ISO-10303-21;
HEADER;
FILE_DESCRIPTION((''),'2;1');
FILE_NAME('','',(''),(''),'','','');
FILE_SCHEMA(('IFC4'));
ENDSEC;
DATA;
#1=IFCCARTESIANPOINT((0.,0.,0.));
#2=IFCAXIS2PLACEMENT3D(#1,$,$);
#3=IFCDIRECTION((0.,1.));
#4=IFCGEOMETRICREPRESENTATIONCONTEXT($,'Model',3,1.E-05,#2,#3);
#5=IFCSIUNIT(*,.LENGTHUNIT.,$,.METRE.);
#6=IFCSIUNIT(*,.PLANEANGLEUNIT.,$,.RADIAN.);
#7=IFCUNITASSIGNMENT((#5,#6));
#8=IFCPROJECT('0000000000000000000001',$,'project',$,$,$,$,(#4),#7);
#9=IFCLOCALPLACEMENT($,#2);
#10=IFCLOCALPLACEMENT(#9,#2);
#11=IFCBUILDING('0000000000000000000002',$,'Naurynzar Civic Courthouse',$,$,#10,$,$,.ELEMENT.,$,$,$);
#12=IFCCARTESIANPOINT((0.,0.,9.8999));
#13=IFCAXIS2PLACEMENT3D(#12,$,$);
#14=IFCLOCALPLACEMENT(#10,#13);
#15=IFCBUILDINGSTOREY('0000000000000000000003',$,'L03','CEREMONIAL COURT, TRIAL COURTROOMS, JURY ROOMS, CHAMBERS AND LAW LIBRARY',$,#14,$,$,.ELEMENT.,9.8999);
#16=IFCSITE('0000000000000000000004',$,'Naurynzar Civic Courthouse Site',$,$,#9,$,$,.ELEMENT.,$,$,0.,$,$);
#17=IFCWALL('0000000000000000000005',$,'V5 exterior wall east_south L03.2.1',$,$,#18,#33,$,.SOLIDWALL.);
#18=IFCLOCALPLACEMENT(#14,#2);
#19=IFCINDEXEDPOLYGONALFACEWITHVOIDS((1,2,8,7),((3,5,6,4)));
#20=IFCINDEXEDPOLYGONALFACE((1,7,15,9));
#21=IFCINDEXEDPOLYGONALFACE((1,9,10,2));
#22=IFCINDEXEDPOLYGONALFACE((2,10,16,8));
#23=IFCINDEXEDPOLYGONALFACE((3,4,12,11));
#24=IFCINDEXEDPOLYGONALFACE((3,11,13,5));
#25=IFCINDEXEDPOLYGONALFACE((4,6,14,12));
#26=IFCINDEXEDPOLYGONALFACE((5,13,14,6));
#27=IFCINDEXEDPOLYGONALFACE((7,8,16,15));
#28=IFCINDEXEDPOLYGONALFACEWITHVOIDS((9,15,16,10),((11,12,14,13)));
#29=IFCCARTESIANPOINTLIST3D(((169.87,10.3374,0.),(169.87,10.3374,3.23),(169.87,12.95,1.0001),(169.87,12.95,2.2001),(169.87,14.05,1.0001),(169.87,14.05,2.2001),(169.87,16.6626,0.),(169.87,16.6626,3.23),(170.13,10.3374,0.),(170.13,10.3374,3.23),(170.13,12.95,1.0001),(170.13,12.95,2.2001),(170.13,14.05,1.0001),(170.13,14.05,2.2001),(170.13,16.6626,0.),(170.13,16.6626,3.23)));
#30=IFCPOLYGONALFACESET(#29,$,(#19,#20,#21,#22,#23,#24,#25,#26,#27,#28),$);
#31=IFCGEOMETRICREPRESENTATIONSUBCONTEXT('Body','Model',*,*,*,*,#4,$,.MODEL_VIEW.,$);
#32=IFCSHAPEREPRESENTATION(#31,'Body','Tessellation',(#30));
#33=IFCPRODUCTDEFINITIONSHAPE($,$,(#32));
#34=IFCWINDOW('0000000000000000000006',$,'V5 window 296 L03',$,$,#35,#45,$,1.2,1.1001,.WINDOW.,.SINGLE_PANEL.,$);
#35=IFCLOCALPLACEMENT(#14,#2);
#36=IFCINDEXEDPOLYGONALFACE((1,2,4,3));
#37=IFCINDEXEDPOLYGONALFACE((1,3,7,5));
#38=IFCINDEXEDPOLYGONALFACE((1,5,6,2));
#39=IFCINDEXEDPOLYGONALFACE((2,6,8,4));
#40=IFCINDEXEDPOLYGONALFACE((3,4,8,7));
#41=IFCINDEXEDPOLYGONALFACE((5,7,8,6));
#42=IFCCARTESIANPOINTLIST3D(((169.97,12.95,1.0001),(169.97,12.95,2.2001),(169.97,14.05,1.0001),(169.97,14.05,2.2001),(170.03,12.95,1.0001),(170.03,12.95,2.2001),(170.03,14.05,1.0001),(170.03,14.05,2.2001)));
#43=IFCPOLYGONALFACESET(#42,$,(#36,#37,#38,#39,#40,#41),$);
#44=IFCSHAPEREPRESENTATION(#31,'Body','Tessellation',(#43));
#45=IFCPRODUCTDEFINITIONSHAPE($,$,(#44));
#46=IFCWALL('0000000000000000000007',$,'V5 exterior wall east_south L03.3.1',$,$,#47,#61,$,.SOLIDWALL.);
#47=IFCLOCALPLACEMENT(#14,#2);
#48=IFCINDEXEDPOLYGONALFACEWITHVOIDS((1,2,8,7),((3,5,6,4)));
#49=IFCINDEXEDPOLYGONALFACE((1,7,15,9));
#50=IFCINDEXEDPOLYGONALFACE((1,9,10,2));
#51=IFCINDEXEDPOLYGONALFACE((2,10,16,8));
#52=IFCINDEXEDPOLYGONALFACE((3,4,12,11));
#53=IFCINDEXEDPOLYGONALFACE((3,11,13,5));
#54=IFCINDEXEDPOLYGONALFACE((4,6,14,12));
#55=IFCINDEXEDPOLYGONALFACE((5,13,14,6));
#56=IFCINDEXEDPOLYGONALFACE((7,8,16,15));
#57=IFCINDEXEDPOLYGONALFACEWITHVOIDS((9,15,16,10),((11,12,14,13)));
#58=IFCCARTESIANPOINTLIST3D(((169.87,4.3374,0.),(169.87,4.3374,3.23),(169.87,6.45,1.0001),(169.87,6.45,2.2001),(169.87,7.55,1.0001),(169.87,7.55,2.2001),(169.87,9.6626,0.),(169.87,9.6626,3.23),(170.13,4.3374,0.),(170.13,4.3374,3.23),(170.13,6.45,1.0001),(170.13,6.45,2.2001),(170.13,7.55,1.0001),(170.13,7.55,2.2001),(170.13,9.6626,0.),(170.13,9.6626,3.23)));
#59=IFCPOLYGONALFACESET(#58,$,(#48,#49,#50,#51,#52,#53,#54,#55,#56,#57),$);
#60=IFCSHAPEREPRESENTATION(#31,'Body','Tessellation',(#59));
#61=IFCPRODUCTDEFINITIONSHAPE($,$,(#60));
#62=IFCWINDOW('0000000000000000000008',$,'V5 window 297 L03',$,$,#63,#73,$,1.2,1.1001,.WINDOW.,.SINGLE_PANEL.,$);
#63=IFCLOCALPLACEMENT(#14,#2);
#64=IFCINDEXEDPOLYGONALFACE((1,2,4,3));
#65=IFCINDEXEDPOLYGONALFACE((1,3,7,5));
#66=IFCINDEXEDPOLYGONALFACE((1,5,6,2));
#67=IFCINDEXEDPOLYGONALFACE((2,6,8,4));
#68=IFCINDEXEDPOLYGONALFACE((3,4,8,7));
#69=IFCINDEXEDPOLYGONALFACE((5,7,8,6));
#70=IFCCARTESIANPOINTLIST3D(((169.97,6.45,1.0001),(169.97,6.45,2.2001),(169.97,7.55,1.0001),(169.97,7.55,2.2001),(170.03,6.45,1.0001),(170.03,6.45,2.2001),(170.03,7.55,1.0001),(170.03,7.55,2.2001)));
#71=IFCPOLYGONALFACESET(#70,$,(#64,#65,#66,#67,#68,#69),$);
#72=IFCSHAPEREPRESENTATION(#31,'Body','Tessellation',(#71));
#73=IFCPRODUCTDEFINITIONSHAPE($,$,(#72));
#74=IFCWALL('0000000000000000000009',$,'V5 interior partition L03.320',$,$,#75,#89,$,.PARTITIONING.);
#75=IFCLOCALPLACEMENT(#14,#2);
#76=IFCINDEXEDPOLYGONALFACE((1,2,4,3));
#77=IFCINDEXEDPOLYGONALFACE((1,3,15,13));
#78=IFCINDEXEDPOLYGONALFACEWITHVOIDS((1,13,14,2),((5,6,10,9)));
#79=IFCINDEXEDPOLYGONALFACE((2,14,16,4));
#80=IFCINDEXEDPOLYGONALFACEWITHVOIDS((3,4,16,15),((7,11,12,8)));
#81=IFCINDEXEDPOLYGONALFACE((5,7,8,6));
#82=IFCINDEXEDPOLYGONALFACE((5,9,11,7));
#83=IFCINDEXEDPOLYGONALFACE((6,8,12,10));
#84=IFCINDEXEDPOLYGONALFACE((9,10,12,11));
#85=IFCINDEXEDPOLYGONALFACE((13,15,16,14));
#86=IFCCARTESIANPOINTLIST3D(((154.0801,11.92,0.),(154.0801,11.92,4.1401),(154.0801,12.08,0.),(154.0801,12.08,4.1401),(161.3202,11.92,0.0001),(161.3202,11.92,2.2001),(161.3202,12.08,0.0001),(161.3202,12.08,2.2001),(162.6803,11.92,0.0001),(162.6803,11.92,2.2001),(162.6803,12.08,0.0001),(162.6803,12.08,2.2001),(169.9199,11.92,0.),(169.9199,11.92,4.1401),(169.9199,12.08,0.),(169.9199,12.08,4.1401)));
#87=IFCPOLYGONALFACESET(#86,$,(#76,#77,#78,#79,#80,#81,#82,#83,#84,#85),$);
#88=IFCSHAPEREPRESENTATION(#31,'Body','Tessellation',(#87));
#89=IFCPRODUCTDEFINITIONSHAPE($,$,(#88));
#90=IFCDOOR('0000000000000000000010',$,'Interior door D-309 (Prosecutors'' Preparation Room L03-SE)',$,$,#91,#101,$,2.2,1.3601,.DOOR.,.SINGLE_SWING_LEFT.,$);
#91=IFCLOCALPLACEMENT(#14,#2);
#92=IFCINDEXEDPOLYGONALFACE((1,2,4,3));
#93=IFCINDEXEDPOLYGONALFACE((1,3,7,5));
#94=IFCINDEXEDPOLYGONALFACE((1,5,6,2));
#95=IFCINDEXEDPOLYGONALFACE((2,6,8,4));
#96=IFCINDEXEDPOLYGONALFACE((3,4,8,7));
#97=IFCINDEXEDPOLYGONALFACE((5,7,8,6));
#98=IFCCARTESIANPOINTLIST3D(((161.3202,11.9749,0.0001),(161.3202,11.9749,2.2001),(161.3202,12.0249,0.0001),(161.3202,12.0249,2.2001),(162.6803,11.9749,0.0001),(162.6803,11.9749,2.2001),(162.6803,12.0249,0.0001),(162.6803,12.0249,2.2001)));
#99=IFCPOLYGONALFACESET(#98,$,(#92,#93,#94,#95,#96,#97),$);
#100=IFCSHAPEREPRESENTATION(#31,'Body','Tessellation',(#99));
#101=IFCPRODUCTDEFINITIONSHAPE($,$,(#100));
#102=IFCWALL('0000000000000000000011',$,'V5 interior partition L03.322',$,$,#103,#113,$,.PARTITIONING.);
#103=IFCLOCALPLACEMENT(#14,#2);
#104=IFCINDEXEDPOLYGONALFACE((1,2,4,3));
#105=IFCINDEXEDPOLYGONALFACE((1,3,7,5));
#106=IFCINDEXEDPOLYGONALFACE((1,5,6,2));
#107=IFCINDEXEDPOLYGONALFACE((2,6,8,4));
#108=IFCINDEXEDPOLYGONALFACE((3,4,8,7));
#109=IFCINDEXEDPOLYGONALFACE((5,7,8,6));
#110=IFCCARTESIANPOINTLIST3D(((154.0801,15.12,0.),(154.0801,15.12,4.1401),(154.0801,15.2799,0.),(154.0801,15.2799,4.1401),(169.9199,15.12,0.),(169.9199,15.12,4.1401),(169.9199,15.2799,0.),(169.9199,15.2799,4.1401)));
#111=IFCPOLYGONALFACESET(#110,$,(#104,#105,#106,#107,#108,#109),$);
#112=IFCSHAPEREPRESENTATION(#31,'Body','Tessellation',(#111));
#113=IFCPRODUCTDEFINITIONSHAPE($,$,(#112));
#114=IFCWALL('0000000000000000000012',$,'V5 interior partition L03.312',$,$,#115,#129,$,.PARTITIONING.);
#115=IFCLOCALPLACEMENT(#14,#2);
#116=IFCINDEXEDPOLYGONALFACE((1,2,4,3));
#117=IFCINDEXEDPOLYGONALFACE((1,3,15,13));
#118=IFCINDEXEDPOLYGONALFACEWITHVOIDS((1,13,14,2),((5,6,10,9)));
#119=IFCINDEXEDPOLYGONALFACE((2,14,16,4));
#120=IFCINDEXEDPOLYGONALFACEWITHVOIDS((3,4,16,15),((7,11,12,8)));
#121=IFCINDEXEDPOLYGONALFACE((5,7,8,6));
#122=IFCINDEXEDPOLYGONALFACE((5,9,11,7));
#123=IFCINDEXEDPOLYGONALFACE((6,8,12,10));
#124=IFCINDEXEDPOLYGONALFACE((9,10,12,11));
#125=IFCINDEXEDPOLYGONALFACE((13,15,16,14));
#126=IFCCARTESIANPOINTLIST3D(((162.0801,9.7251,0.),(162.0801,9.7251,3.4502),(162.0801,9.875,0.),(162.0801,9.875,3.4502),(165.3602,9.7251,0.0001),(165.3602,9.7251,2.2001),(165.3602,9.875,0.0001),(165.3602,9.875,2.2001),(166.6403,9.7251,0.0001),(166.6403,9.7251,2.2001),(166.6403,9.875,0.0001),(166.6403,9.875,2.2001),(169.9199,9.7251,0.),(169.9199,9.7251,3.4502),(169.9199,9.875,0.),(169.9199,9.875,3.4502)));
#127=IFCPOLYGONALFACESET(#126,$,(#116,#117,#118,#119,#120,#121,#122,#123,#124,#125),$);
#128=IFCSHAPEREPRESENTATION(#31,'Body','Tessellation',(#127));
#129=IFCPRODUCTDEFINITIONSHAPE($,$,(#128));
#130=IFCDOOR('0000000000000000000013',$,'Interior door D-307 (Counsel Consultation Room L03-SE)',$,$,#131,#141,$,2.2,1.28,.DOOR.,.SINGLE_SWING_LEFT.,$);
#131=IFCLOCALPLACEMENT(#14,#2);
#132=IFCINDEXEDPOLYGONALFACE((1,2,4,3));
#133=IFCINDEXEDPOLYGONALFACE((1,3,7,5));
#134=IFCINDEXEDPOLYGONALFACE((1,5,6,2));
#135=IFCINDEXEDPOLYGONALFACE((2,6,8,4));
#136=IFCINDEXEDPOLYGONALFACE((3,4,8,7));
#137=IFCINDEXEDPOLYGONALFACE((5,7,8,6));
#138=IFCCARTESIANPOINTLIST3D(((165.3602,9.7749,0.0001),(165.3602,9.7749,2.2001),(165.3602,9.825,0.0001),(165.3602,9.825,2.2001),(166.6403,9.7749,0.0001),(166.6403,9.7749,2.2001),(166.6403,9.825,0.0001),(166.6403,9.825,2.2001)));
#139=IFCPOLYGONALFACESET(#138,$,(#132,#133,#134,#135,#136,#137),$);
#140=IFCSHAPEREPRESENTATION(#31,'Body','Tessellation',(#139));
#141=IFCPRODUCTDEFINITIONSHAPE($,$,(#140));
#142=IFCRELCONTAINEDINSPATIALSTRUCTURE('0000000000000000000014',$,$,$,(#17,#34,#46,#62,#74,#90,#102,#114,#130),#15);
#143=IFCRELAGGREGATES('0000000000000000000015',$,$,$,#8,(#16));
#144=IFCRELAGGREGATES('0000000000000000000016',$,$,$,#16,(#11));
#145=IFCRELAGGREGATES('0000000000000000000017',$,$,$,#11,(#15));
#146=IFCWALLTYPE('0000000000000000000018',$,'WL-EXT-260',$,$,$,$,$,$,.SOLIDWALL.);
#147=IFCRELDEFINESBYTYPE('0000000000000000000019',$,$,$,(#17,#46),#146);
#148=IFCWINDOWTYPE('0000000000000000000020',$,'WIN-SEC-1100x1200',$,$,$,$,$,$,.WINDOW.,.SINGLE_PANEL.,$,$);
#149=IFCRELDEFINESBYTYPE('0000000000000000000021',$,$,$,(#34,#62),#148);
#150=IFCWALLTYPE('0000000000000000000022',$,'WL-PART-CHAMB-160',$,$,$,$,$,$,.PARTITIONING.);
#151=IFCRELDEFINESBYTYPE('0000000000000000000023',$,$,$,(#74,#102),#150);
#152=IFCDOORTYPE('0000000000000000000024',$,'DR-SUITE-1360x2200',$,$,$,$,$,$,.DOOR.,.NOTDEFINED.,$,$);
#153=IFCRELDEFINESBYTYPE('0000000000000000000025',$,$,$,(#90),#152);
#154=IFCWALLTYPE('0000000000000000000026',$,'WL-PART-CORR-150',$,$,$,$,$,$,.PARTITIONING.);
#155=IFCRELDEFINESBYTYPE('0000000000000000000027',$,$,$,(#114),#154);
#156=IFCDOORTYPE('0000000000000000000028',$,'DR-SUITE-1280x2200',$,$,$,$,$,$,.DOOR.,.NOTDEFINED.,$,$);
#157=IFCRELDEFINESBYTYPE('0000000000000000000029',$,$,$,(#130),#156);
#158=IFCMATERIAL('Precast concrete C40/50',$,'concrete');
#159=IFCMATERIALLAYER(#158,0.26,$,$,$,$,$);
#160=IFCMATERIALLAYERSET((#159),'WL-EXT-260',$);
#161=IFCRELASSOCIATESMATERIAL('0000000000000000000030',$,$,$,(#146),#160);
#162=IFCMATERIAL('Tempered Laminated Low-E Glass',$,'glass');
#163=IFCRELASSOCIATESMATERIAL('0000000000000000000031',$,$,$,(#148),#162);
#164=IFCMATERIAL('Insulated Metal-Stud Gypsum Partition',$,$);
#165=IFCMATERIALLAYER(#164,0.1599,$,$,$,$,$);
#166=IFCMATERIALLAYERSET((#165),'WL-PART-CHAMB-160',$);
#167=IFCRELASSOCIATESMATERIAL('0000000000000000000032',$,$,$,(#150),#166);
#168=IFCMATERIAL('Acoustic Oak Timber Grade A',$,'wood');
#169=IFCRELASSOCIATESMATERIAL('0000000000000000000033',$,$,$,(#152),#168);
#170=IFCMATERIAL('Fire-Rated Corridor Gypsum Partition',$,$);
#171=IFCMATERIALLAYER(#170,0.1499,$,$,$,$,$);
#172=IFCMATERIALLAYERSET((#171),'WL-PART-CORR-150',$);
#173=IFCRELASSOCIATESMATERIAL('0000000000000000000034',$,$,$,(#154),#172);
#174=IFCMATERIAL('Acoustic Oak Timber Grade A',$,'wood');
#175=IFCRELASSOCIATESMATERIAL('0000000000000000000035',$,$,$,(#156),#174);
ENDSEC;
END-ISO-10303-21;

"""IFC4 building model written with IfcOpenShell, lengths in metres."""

from ifc_helpers import new_model, si_unit, direction, frame, frame_2d, origin, place, context, subcontext, project, spatial, rectangle, extrude, material, layer, layer_set, type_object, element, fill, save


model = new_model("IFC4")

# Units and contexts
model_context = context("Model", 3, precision=1e-05, world=origin(), true_north=direction((0.0, 1.0)))
body_context = subcontext(model_context, "Body", "Model", "MODEL_VIEW")
ifc_project = project(units=[si_unit("LENGTHUNIT", "METRE"), si_unit("PLANEANGLEUNIT", "RADIAN")], contexts=[model_context])

# Site, building, storey
site_placement = place(None, origin())
site = spatial("IfcSite", under=ifc_project, at=site_placement, Name="Naurynzar Civic Courthouse Site", CompositionType="ELEMENT", RefElevation=0.0)
building_placement = place(site_placement, origin())
building = spatial("IfcBuilding", under=site, at=building_placement, Name="Naurynzar Civic Courthouse", CompositionType="ELEMENT")
storey_placement = place(building_placement, frame((0.0, 0.0, 9.8999)))
storey = spatial("IfcBuildingStorey", under=building, at=storey_placement, Name="L03", Description="CEREMONIAL COURT, TRIAL COURTROOMS, JURY ROOMS, CHAMBERS AND LAW LIBRARY", CompositionType="ELEMENT", Elevation=9.8999)

# Walls, openings, windows
ifc_material_1 = material(Name="Precast concrete C40/50", Category="concrete")
ifc_layer_1 = layer(ifc_material_1, 0.26)
ifc_layer_set_1 = layer_set([ifc_layer_1], Name="WL-EXT-260")
wall_type_1 = type_object("IfcWallType", Name="WL-EXT-260", PredefinedType="SOLIDWALL", material=ifc_layer_set_1)
wall_1_placement = place(storey_placement, frame((170.0, 16.6626, 0.0), z_axis=(0.0, 0.0, 1.0), x_axis=(0.0, -1.0, 0.0)))
wall_1 = element("IfcWall", 1, at=wall_1_placement, inside=storey, type_object=wall_type_1, Name="V5 exterior wall east_south L03.2.1", PredefinedType="SOLIDWALL", context=body_context, shape_type="SweptSolid", body=[
    extrude(rectangle(XDim=6.3252, YDim=0.26, at=frame_2d((3.1626, 0.0))), origin(), (0.0, 0.0, 1.0), 3.23),
])
opening_1_placement = place(wall_1_placement, frame((2.6125, 0.0, 1.0)))
opening_1 = element("IfcOpeningElement", 2, at=opening_1_placement, cuts=wall_1, PredefinedType="OPENING", context=body_context, shape_type="SweptSolid", body=[
    extrude(rectangle(XDim=1.1001, YDim=1.2, at=frame_2d((0.55, 0.6001))), frame((0.0, 0.1399, 0.0), z_axis=(0.0, -1.0, 0.0), x_axis=(1.0, 0.0, 0.0)), (0.0, 0.0, 1.0), 0.28),
])
ifc_material_2 = material(Name="Tempered Laminated Low-E Glass", Category="glass")
window_type = type_object("IfcWindowType", Name="WIN-SEC-1100x1200", PartitioningType="SINGLE_PANEL", PredefinedType="WINDOW", material=ifc_material_2)
window_1_placement = place(opening_1_placement, origin())
window_1 = element("IfcWindow", 3, at=window_1_placement, inside=storey, type_object=window_type, Name="V5 window 296 L03", OverallHeight=1.2, OverallWidth=1.1001, PartitioningType="SINGLE_PANEL", PredefinedType="WINDOW", context=body_context, shape_type="SweptSolid", body=[
    extrude(rectangle(XDim=1.1001, YDim=1.2, at=frame_2d((0.55, 0.6001))), frame((0.0, 0.03, 0.0), z_axis=(0.0, -1.0, 0.0), x_axis=(1.0, 0.0, 0.0)), (0.0, 0.0, 1.0), 0.0601),
])
fill(opening_1, window_1)
wall_2_placement = place(storey_placement, frame((170.0, 9.6626, 0.0), z_axis=(0.0, 0.0, 1.0), x_axis=(0.0, -1.0, 0.0)))
wall_2 = element("IfcWall", 4, at=wall_2_placement, inside=storey, type_object=wall_type_1, Name="V5 exterior wall east_south L03.3.1", PredefinedType="SOLIDWALL", context=body_context, shape_type="SweptSolid", body=[
    extrude(rectangle(XDim=5.3252, YDim=0.26, at=frame_2d((2.6626, 0.0))), origin(), (0.0, 0.0, 1.0), 3.23),
])
opening_2_placement = place(wall_2_placement, frame((2.1125, 0.0, 1.0)))
opening_2 = element("IfcOpeningElement", 5, at=opening_2_placement, cuts=wall_2, PredefinedType="OPENING", context=body_context, shape_type="SweptSolid", body=[
    extrude(rectangle(XDim=1.1001, YDim=1.2, at=frame_2d((0.55, 0.6001))), frame((0.0, 0.1399, 0.0), z_axis=(0.0, -1.0, 0.0), x_axis=(1.0, 0.0, 0.0)), (0.0, 0.0, 1.0), 0.28),
])
window_2_placement = place(opening_2_placement, origin())
window_2 = element("IfcWindow", 6, at=window_2_placement, inside=storey, type_object=window_type, Name="V5 window 297 L03", OverallHeight=1.2, OverallWidth=1.1001, PartitioningType="SINGLE_PANEL", PredefinedType="WINDOW", context=body_context, shape_type="SweptSolid", body=[
    extrude(rectangle(XDim=1.1001, YDim=1.2, at=frame_2d((0.55, 0.6001))), frame((0.0, 0.03, 0.0), z_axis=(0.0, -1.0, 0.0), x_axis=(1.0, 0.0, 0.0)), (0.0, 0.0, 1.0), 0.0601),
])
fill(opening_2, window_2)

# Wall, opening, door
ifc_material_3 = material(Name="Insulated Metal-Stud Gypsum Partition")
ifc_layer_2 = layer(ifc_material_3, 0.1599)
ifc_layer_set_2 = layer_set([ifc_layer_2], Name="WL-PART-CHAMB-160")
wall_type_2 = type_object("IfcWallType", Name="WL-PART-CHAMB-160", PredefinedType="PARTITIONING", material=ifc_layer_set_2)
wall_3_placement = place(storey_placement, frame((154.0801, 12.0, 0.0), z_axis=(0.0, 0.0, 1.0), x_axis=(1.0, 0.0, 0.0)))
wall_3 = element("IfcWall", 7, at=wall_3_placement, inside=storey, type_object=wall_type_2, Name="V5 interior partition L03.320", PredefinedType="PARTITIONING", context=body_context, shape_type="SweptSolid", body=[
    extrude(rectangle(XDim=15.8398, YDim=0.1599, at=frame_2d((7.9199, 0.0))), origin(), (0.0, 0.0, 1.0), 4.1401),
])
opening_3_placement = place(wall_3_placement, frame((7.24, 0.0, 0.0)))
opening_3 = element("IfcOpeningElement", 8, at=opening_3_placement, cuts=wall_3, PredefinedType="OPENING", context=body_context, shape_type="SweptSolid", body=[
    extrude(rectangle(XDim=1.3601, YDim=2.2, at=frame_2d((0.6802, 1.1001))), frame((0.0, 0.0898, 0.0), z_axis=(0.0, -1.0, 0.0), x_axis=(1.0, 0.0, 0.0)), (0.0, 0.0, 1.0), 0.1799),
])
ifc_material_4 = material(Name="Acoustic Oak Timber Grade A", Category="wood")
door_type_1 = type_object("IfcDoorType", Name="DR-SUITE-1360x2200", OperationType="NOTDEFINED", PredefinedType="DOOR", material=ifc_material_4)
door_1_placement = place(opening_3_placement, origin())
door_1 = element("IfcDoor", 9, at=door_1_placement, inside=storey, type_object=door_type_1, Name="Interior door D-309 (Prosecutors' Preparation Room L03-SE)", OperationType="SINGLE_SWING_LEFT", OverallHeight=2.2, OverallWidth=1.3601, PredefinedType="DOOR", context=body_context, shape_type="SweptSolid", body=[
    extrude(rectangle(XDim=1.3601, YDim=2.2, at=frame_2d((0.6802, 1.1001))), frame((0.0, 0.0249, 0.0), z_axis=(0.0, -1.0, 0.0), x_axis=(1.0, 0.0, 0.0)), (0.0, 0.0, 1.0), 0.05),
])
fill(opening_3, door_1)

# Wall
wall_4_placement = place(storey_placement, frame((154.0801, 15.2, 0.0), z_axis=(0.0, 0.0, 1.0), x_axis=(1.0, 0.0, 0.0)))
element("IfcWall", 10, at=wall_4_placement, inside=storey, type_object=wall_type_2, Name="V5 interior partition L03.322", PredefinedType="PARTITIONING", context=body_context, shape_type="SweptSolid", body=[
    extrude(rectangle(XDim=15.8398, YDim=0.1599, at=frame_2d((7.9199, 0.0))), origin(), (0.0, 0.0, 1.0), 4.1401),
])

# Wall, opening, door
ifc_material_5 = material(Name="Fire-Rated Corridor Gypsum Partition")
ifc_layer_3 = layer(ifc_material_5, 0.1499)
ifc_layer_set_3 = layer_set([ifc_layer_3], Name="WL-PART-CORR-150")
wall_type_3 = type_object("IfcWallType", Name="WL-PART-CORR-150", PredefinedType="PARTITIONING", material=ifc_layer_set_3)
wall_5_placement = place(storey_placement, frame((162.0801, 9.8, 0.0), z_axis=(0.0, 0.0, 1.0), x_axis=(1.0, 0.0, 0.0)))
wall_5 = element("IfcWall", 11, at=wall_5_placement, inside=storey, type_object=wall_type_3, Name="V5 interior partition L03.312", PredefinedType="PARTITIONING", context=body_context, shape_type="SweptSolid", body=[
    extrude(rectangle(XDim=7.8398, YDim=0.1499, at=frame_2d((3.9199, 0.0))), origin(), (0.0, 0.0, 1.0), 3.4502),
])
opening_4_placement = place(wall_5_placement, frame((3.28, 0.0, 0.0)))
opening_4 = element("IfcOpeningElement", 12, at=opening_4_placement, cuts=wall_5, PredefinedType="OPENING", context=body_context, shape_type="SweptSolid", body=[
    extrude(rectangle(XDim=1.28, YDim=2.2, at=frame_2d((0.6401, 1.1001))), frame((0.0, 0.085, 0.0), z_axis=(0.0, -1.0, 0.0), x_axis=(1.0, 0.0, 0.0)), (0.0, 0.0, 1.0), 0.1699),
])
ifc_material_6 = material(Name="Acoustic Oak Timber Grade A", Category="wood")
door_type_2 = type_object("IfcDoorType", Name="DR-SUITE-1280x2200", OperationType="NOTDEFINED", PredefinedType="DOOR", material=ifc_material_6)
door_2_placement = place(opening_4_placement, origin())
door_2 = element("IfcDoor", 13, at=door_2_placement, inside=storey, type_object=door_type_2, Name="Interior door D-307 (Counsel Consultation Room L03-SE)", OperationType="SINGLE_SWING_LEFT", OverallHeight=2.2, OverallWidth=1.28, PredefinedType="DOOR", context=body_context, shape_type="SweptSolid", body=[
    extrude(rectangle(XDim=1.28, YDim=2.2, at=frame_2d((0.6401, 1.1001))), frame((0.0, 0.0249, 0.0), z_axis=(0.0, -1.0, 0.0), x_axis=(1.0, 0.0, 0.0)), (0.0, 0.0, 1.0), 0.05),
])
fill(opening_4, door_2)

save(model, "model.ifc")
